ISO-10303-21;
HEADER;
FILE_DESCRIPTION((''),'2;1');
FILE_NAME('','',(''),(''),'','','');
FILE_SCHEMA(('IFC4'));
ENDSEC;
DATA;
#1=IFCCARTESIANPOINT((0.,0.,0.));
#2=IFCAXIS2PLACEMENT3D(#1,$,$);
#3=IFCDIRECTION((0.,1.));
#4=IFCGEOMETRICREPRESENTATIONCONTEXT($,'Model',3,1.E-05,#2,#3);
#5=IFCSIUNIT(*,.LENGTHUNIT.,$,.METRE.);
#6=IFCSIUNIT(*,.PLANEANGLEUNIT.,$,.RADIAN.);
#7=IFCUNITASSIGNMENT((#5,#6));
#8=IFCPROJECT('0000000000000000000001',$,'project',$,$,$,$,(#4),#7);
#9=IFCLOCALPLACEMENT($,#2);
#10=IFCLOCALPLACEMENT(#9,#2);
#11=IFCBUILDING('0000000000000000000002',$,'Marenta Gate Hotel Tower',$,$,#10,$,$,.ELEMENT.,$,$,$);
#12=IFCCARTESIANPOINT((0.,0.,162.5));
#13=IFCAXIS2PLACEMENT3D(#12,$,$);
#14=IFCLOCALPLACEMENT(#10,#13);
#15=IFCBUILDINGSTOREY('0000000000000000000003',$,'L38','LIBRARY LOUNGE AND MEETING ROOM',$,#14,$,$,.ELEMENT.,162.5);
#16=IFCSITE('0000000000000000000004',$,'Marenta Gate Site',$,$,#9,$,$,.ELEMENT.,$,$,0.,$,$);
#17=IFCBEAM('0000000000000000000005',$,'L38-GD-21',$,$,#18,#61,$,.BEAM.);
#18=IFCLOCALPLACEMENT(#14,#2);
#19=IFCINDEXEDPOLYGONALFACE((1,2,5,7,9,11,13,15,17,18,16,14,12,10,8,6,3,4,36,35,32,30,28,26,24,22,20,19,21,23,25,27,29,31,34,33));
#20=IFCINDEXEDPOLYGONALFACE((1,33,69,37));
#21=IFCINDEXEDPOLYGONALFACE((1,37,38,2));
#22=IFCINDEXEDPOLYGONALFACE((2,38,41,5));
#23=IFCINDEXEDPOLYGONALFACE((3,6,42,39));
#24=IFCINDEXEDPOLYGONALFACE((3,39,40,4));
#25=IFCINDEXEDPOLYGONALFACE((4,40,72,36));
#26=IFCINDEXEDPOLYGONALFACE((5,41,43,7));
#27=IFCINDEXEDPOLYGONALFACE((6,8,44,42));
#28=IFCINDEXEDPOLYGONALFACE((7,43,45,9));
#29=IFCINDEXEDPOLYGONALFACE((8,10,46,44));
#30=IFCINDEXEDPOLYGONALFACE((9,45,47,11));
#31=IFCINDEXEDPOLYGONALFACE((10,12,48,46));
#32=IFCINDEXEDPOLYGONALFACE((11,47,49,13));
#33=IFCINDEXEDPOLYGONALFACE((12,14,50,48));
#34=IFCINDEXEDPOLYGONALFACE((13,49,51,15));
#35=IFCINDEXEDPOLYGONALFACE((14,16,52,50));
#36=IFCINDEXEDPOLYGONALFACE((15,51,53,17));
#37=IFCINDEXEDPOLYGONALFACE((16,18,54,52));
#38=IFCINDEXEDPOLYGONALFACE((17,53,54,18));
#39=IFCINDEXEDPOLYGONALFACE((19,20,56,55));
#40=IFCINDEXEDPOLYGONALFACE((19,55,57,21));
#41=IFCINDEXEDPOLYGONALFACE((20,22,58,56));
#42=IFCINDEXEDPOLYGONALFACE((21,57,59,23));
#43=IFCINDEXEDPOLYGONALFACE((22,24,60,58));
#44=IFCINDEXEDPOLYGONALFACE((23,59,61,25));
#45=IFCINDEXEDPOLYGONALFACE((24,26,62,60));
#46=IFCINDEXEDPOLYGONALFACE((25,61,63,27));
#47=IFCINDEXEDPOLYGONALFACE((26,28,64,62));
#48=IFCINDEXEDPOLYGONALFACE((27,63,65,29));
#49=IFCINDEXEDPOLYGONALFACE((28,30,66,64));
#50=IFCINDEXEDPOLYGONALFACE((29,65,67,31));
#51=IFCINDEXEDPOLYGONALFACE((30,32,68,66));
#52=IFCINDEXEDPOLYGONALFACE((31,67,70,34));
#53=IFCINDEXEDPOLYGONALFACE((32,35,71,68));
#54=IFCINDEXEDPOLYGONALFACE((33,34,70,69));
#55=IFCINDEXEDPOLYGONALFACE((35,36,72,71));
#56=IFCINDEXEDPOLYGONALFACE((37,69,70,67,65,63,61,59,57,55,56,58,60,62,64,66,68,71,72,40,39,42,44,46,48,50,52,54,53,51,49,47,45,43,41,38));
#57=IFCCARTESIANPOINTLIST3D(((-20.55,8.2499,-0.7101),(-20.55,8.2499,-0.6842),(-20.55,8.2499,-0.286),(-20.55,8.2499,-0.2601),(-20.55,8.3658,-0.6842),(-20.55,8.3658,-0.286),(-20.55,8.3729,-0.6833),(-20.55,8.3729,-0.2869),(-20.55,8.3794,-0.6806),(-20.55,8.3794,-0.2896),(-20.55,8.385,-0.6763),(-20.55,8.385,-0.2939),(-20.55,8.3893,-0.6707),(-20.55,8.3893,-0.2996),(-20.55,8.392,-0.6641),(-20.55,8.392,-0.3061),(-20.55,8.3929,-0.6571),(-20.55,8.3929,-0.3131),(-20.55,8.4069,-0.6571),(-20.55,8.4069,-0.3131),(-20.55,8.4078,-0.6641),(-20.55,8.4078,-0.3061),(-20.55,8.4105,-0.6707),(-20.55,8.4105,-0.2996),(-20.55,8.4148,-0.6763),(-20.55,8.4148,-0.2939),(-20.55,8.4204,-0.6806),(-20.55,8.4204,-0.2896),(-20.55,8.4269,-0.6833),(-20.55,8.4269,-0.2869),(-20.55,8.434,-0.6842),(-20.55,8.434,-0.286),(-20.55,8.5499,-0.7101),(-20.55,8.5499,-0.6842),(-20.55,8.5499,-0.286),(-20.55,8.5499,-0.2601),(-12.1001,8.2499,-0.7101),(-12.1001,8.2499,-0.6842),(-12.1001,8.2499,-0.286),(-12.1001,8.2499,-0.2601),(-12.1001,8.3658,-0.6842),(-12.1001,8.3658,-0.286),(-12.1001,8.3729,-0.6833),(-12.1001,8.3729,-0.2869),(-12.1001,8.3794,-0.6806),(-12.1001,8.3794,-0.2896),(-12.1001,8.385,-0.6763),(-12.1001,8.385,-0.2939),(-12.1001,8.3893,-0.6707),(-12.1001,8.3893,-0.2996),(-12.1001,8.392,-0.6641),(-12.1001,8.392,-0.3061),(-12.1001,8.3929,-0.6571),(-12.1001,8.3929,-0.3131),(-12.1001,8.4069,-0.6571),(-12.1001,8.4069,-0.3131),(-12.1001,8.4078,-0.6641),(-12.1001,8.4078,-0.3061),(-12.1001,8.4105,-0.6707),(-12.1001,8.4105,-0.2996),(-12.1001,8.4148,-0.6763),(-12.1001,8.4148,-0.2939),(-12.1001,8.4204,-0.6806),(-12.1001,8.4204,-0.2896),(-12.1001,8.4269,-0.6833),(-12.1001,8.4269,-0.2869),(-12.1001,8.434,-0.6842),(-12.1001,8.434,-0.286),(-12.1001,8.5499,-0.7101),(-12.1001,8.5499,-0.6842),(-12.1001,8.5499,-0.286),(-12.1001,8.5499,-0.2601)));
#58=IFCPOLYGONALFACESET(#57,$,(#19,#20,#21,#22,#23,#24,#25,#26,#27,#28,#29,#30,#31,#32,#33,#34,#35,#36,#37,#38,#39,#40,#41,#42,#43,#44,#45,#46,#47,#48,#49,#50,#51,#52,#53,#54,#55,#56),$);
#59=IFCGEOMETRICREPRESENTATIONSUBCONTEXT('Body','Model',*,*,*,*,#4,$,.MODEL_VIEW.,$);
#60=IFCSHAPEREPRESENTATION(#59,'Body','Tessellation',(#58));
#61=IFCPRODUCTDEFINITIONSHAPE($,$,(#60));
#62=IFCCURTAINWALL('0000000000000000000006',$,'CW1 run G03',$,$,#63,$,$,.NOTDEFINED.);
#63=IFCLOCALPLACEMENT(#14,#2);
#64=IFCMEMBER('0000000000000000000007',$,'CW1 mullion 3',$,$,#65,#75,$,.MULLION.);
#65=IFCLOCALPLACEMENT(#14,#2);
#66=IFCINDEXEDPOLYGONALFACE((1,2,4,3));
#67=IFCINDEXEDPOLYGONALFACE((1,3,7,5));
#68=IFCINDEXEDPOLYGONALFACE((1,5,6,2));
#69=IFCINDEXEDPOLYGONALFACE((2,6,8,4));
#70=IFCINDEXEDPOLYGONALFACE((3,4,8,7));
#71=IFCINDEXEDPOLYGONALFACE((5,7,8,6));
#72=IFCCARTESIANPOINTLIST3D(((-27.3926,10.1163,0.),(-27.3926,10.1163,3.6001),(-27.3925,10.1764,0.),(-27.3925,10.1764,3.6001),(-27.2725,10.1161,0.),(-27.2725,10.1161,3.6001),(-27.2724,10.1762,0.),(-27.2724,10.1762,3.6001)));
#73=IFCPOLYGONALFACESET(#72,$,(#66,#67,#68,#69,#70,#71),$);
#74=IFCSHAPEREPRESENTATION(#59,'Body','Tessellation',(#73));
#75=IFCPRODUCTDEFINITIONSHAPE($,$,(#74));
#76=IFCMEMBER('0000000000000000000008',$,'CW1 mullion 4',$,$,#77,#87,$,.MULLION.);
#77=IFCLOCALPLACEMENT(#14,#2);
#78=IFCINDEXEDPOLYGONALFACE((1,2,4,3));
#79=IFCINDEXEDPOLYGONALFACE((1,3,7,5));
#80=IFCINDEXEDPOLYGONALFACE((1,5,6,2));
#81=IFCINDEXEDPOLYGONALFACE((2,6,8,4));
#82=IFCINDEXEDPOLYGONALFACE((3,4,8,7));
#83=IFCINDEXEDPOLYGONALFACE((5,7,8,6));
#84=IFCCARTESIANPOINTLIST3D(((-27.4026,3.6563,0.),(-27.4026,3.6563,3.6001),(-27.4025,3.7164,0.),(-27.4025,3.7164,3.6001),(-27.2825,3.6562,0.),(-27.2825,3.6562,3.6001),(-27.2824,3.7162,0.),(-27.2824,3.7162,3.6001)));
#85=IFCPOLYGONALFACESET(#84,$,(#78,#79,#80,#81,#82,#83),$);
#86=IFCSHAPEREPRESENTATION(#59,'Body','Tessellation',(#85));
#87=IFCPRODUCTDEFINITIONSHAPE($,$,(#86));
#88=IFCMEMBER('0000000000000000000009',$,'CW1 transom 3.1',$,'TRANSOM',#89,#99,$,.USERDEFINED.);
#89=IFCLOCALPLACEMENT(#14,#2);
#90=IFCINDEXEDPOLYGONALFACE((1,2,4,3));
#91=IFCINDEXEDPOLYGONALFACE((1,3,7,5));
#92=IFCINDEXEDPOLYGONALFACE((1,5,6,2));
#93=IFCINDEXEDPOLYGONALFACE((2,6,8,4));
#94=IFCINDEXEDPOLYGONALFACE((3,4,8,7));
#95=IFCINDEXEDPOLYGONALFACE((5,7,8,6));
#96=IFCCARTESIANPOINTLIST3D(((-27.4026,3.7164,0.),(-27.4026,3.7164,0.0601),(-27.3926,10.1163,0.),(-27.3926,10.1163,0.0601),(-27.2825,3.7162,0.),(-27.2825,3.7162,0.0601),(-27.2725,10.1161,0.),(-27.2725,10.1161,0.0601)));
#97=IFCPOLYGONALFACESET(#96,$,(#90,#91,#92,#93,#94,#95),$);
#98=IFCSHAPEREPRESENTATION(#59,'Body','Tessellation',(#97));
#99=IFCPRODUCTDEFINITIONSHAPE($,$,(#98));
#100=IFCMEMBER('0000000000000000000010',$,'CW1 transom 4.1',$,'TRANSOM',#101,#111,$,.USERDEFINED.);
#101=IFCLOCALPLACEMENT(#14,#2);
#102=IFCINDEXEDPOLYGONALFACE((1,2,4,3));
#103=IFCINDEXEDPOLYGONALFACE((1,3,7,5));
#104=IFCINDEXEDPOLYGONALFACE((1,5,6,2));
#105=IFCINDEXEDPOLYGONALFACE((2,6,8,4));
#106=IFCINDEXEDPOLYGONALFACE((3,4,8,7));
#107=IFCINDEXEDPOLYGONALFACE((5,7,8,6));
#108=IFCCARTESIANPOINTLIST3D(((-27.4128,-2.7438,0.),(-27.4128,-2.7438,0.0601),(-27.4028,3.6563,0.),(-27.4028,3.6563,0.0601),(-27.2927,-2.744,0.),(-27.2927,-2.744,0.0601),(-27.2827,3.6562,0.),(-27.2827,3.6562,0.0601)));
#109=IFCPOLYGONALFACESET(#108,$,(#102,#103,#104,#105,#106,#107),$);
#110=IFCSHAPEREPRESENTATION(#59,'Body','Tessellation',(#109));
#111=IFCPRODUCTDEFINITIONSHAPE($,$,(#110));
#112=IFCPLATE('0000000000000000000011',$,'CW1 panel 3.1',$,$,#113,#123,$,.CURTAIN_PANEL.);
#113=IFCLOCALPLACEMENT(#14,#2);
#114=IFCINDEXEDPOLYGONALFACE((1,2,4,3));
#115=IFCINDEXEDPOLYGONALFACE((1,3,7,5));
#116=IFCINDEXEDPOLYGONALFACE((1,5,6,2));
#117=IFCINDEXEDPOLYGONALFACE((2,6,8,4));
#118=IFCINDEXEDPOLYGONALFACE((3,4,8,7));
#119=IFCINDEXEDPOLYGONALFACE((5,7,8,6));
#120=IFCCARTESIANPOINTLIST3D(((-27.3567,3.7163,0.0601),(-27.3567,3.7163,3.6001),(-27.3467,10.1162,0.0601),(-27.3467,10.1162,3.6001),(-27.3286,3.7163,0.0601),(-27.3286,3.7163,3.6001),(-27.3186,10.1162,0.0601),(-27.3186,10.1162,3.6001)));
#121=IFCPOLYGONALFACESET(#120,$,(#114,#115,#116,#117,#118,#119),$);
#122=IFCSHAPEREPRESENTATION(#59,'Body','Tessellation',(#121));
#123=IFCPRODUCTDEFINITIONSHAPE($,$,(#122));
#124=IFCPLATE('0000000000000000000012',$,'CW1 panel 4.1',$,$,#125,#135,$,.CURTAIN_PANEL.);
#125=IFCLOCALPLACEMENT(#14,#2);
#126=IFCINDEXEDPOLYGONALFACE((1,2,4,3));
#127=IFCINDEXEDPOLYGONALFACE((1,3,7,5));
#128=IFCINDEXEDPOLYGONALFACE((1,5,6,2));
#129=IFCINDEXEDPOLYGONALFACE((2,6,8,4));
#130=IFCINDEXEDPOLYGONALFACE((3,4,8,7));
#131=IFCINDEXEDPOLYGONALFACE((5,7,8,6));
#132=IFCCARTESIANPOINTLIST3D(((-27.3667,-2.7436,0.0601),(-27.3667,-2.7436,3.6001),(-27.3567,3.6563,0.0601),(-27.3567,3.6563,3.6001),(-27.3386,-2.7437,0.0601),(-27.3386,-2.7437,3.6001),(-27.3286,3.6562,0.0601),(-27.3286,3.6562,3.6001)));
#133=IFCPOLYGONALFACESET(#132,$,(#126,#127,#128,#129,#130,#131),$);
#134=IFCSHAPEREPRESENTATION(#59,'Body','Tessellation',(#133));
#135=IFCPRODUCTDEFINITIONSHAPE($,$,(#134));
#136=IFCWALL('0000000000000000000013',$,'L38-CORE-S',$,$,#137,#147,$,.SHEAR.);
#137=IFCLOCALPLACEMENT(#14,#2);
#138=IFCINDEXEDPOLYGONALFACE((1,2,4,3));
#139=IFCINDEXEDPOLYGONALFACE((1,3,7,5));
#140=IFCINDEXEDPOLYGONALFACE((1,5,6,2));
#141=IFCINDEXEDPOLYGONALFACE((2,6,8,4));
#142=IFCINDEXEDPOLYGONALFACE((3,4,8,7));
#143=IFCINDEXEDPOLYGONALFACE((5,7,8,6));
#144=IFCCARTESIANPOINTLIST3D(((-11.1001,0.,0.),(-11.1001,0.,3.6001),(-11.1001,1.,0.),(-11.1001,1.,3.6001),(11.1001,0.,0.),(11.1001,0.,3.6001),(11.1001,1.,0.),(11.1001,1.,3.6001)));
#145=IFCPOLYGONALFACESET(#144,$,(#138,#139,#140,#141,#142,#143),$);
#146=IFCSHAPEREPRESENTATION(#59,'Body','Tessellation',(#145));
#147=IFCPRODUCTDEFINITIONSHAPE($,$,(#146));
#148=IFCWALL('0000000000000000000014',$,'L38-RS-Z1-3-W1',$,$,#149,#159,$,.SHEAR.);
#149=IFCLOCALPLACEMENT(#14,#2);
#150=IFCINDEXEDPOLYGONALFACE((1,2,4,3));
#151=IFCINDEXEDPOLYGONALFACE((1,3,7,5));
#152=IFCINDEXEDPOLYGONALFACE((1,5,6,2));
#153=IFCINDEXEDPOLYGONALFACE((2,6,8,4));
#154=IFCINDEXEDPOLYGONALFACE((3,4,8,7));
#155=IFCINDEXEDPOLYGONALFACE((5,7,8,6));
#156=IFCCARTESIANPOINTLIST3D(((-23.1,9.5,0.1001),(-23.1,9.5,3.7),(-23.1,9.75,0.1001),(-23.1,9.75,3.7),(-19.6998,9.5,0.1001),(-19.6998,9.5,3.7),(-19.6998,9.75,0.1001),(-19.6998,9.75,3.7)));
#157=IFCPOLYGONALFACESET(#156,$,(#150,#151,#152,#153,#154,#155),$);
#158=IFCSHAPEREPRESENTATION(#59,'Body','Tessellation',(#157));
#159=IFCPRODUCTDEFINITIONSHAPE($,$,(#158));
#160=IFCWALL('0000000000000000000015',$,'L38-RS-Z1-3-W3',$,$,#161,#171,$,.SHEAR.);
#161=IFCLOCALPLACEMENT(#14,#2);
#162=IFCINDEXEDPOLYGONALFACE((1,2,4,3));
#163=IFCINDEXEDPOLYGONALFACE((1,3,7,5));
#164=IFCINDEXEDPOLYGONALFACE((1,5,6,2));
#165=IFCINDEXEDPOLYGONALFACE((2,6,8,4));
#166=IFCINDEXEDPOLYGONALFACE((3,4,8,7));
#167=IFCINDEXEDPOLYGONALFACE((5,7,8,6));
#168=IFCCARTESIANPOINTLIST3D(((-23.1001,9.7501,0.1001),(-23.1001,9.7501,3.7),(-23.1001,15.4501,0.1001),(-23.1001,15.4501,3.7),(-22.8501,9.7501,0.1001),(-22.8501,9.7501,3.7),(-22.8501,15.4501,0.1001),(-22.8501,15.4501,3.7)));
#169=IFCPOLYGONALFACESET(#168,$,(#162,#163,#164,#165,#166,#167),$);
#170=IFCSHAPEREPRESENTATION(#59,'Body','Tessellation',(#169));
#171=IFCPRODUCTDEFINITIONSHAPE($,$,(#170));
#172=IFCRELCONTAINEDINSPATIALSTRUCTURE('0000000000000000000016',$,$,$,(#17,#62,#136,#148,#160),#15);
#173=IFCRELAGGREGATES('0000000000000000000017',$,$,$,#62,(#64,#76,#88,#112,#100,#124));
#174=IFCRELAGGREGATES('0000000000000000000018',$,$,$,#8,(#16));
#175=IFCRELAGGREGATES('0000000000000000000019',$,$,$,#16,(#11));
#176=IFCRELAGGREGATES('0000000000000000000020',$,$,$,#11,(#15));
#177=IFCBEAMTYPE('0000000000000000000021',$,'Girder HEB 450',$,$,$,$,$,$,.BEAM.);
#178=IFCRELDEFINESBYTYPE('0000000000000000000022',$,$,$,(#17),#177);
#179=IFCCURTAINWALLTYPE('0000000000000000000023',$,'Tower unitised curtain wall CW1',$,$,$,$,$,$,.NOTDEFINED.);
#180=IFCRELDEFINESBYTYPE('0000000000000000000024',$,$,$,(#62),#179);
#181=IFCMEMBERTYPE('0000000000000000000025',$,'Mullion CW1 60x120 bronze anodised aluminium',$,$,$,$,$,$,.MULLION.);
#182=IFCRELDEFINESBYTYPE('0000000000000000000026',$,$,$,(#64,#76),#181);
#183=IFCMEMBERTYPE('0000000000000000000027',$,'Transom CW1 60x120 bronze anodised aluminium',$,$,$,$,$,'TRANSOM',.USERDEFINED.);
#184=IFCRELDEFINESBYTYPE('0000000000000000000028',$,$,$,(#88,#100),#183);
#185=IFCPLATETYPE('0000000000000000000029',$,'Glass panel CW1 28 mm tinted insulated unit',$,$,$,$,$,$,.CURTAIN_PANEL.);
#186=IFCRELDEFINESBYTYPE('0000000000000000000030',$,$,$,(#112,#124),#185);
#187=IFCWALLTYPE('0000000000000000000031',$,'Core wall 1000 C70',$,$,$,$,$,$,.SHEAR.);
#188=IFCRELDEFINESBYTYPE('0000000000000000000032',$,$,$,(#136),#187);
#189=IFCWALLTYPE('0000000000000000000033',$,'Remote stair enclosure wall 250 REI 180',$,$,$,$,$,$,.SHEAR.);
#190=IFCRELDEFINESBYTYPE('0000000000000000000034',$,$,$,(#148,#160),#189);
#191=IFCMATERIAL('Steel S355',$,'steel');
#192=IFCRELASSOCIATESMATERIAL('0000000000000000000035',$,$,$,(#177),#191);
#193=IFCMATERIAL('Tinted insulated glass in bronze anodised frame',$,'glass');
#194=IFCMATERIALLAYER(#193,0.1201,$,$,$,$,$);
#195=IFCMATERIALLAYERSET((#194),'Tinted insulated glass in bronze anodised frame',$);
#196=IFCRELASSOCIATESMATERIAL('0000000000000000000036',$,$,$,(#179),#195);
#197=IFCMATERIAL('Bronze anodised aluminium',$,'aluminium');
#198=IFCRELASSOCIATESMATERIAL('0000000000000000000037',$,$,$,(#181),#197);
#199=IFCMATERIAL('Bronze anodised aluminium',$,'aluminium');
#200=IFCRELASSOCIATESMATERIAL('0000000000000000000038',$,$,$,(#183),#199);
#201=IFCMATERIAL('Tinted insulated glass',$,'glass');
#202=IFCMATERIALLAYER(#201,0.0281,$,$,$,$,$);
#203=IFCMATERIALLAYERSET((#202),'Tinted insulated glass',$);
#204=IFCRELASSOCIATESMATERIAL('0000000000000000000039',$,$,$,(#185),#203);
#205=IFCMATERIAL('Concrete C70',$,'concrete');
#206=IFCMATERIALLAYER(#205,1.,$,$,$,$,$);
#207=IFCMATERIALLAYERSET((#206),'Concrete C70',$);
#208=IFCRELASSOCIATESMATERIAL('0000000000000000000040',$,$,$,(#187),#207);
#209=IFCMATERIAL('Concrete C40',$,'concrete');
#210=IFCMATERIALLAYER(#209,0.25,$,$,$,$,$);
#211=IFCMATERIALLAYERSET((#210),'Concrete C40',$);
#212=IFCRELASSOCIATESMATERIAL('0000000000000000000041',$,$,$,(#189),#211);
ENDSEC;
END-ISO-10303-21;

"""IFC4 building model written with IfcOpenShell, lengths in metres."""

from ifc_helpers import new_model, si_unit, direction, frame, frame_2d, origin, origin_2d, place, context, subcontext, project, spatial, rectangle, i_section, extrude, material, layer, layer_set, material_profile, profile_set, type_object, element, aggregate, save


model = new_model("IFC4")

# Units and contexts
model_context = context("Model", 3, precision=1e-05, world=origin(), true_north=direction((0.0, 1.0)))
body_context = subcontext(model_context, "Body", "Model", "MODEL_VIEW")
ifc_project = project(units=[si_unit("LENGTHUNIT", "METRE"), si_unit("PLANEANGLEUNIT", "RADIAN")], contexts=[model_context])

# Site, building, storey
site_placement = place(None, origin())
site = spatial("IfcSite", under=ifc_project, at=site_placement, Name="Marenta Gate Site", CompositionType="ELEMENT", RefElevation=0.0)
building_placement = place(site_placement, origin())
building = spatial("IfcBuilding", under=site, at=building_placement, Name="Marenta Gate Hotel Tower", CompositionType="ELEMENT")
storey_placement = place(building_placement, frame((0.0, 0.0, 162.5)))
storey = spatial("IfcBuildingStorey", under=building, at=storey_placement, Name="L38", Description="LIBRARY LOUNGE AND MEETING ROOM", CompositionType="ELEMENT", Elevation=162.5)

# Beam
ifc_material_1 = material(Name="Steel S355", Category="steel")
ifc_material_profile_1 = material_profile(ifc_material_1, i_section(OverallWidth=0.3, OverallDepth=0.45, WebThickness=0.0139, FlangeThickness=0.0259, FilletRadius=0.0271, at=origin_2d()), Name="HEB 450")
ifc_profile_set_1 = profile_set([ifc_material_profile_1], Name="Steel S355")
beam_type_1 = type_object("IfcBeamType", Name="Girder HEB 450", PredefinedType="BEAM", material=ifc_profile_set_1)
beam_1_placement = place(storey_placement, frame((-20.55, 8.3999, -0.4851), z_axis=(1.0, 0.0, 0.0), x_axis=(0.0, 1.0, 0.0)))
element("IfcBeam", 1, at=beam_1_placement, inside=storey, type_object=beam_type_1, Name="L38-GD-21", PredefinedType="BEAM", context=body_context, shape_type="SweptSolid", body=[
    extrude(i_section(OverallWidth=0.3, OverallDepth=0.45, WebThickness=0.0139, FlangeThickness=0.0259, FilletRadius=0.0271, at=origin_2d()), origin(), (0.0, 0.0, 1.0), 8.45),
])

# Curtain wall, members, plates
ifc_material_2 = material(Name="Tinted insulated glass in bronze anodised frame", Category="glass")
ifc_layer_1 = layer(ifc_material_2, 0.1201)
ifc_layer_set_1 = layer_set([ifc_layer_1], Name="Tinted insulated glass in bronze anodised frame")
curtain_wall_type = type_object("IfcCurtainWallType", Name="Tower unitised curtain wall CW1", PredefinedType="NOTDEFINED", material=ifc_layer_set_1)
curtain_wall_placement = place(storey_placement, origin())
curtain_wall = element("IfcCurtainWall", 2, at=curtain_wall_placement, inside=storey, type_object=curtain_wall_type, Name="CW1 run G03", PredefinedType="NOTDEFINED")
ifc_material_3 = material(Name="Bronze anodised aluminium", Category="aluminium")
ifc_material_profile_2 = material_profile(ifc_material_3, rectangle(XDim=0.1201, YDim=0.0601, at=origin_2d()), Name="Mullion CW1 60x120 bronze anodised aluminium")
ifc_profile_set_2 = profile_set([ifc_material_profile_2], Name="Bronze anodised aluminium")
member_type_1 = type_object("IfcMemberType", Name="Mullion CW1 60x120 bronze anodised aluminium", PredefinedType="MULLION", material=ifc_profile_set_2)
member_1_placement = place(storey_placement, frame((-27.3325, 10.1462, 0.0), z_axis=(0.0, 0.0, 1.0), x_axis=(0.999999, -0.001566, 0.0)))
member_1 = element("IfcMember", 3, at=member_1_placement, type_object=member_type_1, Name="CW1 mullion 3", PredefinedType="MULLION", context=body_context, shape_type="SweptSolid", body=[
    extrude(rectangle(XDim=0.1201, YDim=0.0601, at=origin_2d()), origin(), (0.0, 0.0, 1.0), 3.6001),
])
member_2_placement = place(storey_placement, frame((-27.3425, 3.6863, 0.0), z_axis=(0.0, 0.0, 1.0), x_axis=(0.999999, -0.001566, 0.0)))
member_2 = element("IfcMember", 4, at=member_2_placement, type_object=member_type_1, Name="CW1 mullion 4", PredefinedType="MULLION", context=body_context, shape_type="SweptSolid", body=[
    extrude(rectangle(XDim=0.1201, YDim=0.0601, at=origin_2d()), origin(), (0.0, 0.0, 1.0), 3.6001),
])
ifc_material_4 = material(Name="Bronze anodised aluminium", Category="aluminium")
ifc_material_profile_3 = material_profile(ifc_material_4, rectangle(XDim=0.1201, YDim=0.0601, at=origin_2d()), Name="Transom CW1 60x120 bronze anodised aluminium")
ifc_profile_set_3 = profile_set([ifc_material_profile_3], Name="Bronze anodised aluminium")
member_type_2 = type_object("IfcMemberType", Name="Transom CW1 60x120 bronze anodised aluminium", ElementType="TRANSOM", PredefinedType="USERDEFINED", material=ifc_profile_set_3)
member_3_placement = place(storey_placement, frame((-27.3325, 10.1162, 0.03), z_axis=(-0.001564, -0.999999, 0.0), x_axis=(0.999999, -0.001564, 0.0)))
member_3 = element("IfcMember", 5, at=member_3_placement, type_object=member_type_2, Name="CW1 transom 3.1", ObjectType="TRANSOM", PredefinedType="USERDEFINED", context=body_context, shape_type="SweptSolid", body=[
    extrude(rectangle(XDim=0.1201, YDim=0.0601, at=origin_2d()), origin(), (0.0, 0.0, 1.0), 6.3999),
])
member_4_placement = place(storey_placement, frame((-27.3428, 3.6562, 0.03), z_axis=(-0.001564, -0.999999, 0.0), x_axis=(0.999999, -0.001564, 0.0)))
member_4 = element("IfcMember", 6, at=member_4_placement, type_object=member_type_2, Name="CW1 transom 4.1", ObjectType="TRANSOM", PredefinedType="USERDEFINED", context=body_context, shape_type="SweptSolid", body=[
    extrude(rectangle(XDim=0.1201, YDim=0.0601, at=origin_2d()), origin(), (0.0, 0.0, 1.0), 6.4001),
])
ifc_material_5 = material(Name="Tinted insulated glass", Category="glass")
ifc_layer_2 = layer(ifc_material_5, 0.0281)
ifc_layer_set_2 = layer_set([ifc_layer_2], Name="Tinted insulated glass")
plate_type = type_object("IfcPlateType", Name="Glass panel CW1 28 mm tinted insulated unit", PredefinedType="CURTAIN_PANEL", material=ifc_layer_set_2)
plate_1_placement = place(storey_placement, frame((-27.3376, 6.9163, 0.0601), z_axis=(0.0, 0.0, 1.0), x_axis=(-0.001566, -0.999999, 0.0)))
plate_1 = element("IfcPlate", 7, at=plate_1_placement, type_object=plate_type, Name="CW1 panel 3.1", PredefinedType="CURTAIN_PANEL", context=body_context, shape_type="SweptSolid", body=[
    extrude(rectangle(XDim=6.3999, YDim=0.0281, at=origin_2d()), origin(), (0.0, 0.0, 1.0), 3.54),
])
plate_2_placement = place(storey_placement, frame((-27.3477, 0.4563, 0.0601), z_axis=(0.0, 0.0, 1.0), x_axis=(-0.001566, -0.999999, 0.0)))
plate_2 = element("IfcPlate", 8, at=plate_2_placement, type_object=plate_type, Name="CW1 panel 4.1", PredefinedType="CURTAIN_PANEL", context=body_context, shape_type="SweptSolid", body=[
    extrude(rectangle(XDim=6.3999, YDim=0.0281, at=origin_2d()), origin(), (0.0, 0.0, 1.0), 3.54),
])
aggregate(curtain_wall, [member_1, member_2, member_3, plate_1, member_4, plate_2])

# Walls
ifc_material_6 = material(Name="Concrete C70", Category="concrete")
ifc_layer_3 = layer(ifc_material_6, 1.0)
ifc_layer_set_3 = layer_set([ifc_layer_3], Name="Concrete C70")
wall_type_1 = type_object("IfcWallType", Name="Core wall 1000 C70", PredefinedType="SHEAR", material=ifc_layer_set_3)
wall_1_placement = place(storey_placement, frame((-11.1001, 0.5, 0.0), z_axis=(0.0, 0.0, 1.0), x_axis=(1.0, 0.0, 0.0)))
element("IfcWall", 9, at=wall_1_placement, inside=storey, type_object=wall_type_1, Name="L38-CORE-S", PredefinedType="SHEAR", context=body_context, shape_type="SweptSolid", body=[
    extrude(rectangle(XDim=22.2002, YDim=1.0, at=frame_2d((11.1001, 0.0))), origin(), (0.0, 0.0, 1.0), 3.6001),
])
ifc_material_7 = material(Name="Concrete C40", Category="concrete")
ifc_layer_4 = layer(ifc_material_7, 0.25)
ifc_layer_set_4 = layer_set([ifc_layer_4], Name="Concrete C40")
wall_type_2 = type_object("IfcWallType", Name="Remote stair enclosure wall 250 REI 180", PredefinedType="SHEAR", material=ifc_layer_set_4)
wall_2_placement = place(storey_placement, frame((-23.1001, 9.625, 0.1001), z_axis=(0.0, 0.0, 1.0), x_axis=(1.0, 0.0, 0.0)))
element("IfcWall", 10, at=wall_2_placement, inside=storey, type_object=wall_type_2, Name="L38-RS-Z1-3-W1", PredefinedType="SHEAR", context=body_context, shape_type="SweptSolid", body=[
    extrude(rectangle(XDim=3.4001, YDim=0.25, at=frame_2d((1.7002, 0.0))), origin(), (0.0, 0.0, 1.0), 3.5999),
])
wall_3_placement = place(storey_placement, frame((-22.9751, 9.75, 0.1001), z_axis=(0.0, 0.0, 1.0), x_axis=(0.0, 1.0, 0.0)))
element("IfcWall", 11, at=wall_3_placement, inside=storey, type_object=wall_type_2, Name="L38-RS-Z1-3-W3", PredefinedType="SHEAR", context=body_context, shape_type="SweptSolid", body=[
    extrude(rectangle(XDim=5.7, YDim=0.25, at=frame_2d((2.8501, 0.0))), origin(), (0.0, 0.0, 1.0), 3.5999),
])

save(model, "model.ifc")
